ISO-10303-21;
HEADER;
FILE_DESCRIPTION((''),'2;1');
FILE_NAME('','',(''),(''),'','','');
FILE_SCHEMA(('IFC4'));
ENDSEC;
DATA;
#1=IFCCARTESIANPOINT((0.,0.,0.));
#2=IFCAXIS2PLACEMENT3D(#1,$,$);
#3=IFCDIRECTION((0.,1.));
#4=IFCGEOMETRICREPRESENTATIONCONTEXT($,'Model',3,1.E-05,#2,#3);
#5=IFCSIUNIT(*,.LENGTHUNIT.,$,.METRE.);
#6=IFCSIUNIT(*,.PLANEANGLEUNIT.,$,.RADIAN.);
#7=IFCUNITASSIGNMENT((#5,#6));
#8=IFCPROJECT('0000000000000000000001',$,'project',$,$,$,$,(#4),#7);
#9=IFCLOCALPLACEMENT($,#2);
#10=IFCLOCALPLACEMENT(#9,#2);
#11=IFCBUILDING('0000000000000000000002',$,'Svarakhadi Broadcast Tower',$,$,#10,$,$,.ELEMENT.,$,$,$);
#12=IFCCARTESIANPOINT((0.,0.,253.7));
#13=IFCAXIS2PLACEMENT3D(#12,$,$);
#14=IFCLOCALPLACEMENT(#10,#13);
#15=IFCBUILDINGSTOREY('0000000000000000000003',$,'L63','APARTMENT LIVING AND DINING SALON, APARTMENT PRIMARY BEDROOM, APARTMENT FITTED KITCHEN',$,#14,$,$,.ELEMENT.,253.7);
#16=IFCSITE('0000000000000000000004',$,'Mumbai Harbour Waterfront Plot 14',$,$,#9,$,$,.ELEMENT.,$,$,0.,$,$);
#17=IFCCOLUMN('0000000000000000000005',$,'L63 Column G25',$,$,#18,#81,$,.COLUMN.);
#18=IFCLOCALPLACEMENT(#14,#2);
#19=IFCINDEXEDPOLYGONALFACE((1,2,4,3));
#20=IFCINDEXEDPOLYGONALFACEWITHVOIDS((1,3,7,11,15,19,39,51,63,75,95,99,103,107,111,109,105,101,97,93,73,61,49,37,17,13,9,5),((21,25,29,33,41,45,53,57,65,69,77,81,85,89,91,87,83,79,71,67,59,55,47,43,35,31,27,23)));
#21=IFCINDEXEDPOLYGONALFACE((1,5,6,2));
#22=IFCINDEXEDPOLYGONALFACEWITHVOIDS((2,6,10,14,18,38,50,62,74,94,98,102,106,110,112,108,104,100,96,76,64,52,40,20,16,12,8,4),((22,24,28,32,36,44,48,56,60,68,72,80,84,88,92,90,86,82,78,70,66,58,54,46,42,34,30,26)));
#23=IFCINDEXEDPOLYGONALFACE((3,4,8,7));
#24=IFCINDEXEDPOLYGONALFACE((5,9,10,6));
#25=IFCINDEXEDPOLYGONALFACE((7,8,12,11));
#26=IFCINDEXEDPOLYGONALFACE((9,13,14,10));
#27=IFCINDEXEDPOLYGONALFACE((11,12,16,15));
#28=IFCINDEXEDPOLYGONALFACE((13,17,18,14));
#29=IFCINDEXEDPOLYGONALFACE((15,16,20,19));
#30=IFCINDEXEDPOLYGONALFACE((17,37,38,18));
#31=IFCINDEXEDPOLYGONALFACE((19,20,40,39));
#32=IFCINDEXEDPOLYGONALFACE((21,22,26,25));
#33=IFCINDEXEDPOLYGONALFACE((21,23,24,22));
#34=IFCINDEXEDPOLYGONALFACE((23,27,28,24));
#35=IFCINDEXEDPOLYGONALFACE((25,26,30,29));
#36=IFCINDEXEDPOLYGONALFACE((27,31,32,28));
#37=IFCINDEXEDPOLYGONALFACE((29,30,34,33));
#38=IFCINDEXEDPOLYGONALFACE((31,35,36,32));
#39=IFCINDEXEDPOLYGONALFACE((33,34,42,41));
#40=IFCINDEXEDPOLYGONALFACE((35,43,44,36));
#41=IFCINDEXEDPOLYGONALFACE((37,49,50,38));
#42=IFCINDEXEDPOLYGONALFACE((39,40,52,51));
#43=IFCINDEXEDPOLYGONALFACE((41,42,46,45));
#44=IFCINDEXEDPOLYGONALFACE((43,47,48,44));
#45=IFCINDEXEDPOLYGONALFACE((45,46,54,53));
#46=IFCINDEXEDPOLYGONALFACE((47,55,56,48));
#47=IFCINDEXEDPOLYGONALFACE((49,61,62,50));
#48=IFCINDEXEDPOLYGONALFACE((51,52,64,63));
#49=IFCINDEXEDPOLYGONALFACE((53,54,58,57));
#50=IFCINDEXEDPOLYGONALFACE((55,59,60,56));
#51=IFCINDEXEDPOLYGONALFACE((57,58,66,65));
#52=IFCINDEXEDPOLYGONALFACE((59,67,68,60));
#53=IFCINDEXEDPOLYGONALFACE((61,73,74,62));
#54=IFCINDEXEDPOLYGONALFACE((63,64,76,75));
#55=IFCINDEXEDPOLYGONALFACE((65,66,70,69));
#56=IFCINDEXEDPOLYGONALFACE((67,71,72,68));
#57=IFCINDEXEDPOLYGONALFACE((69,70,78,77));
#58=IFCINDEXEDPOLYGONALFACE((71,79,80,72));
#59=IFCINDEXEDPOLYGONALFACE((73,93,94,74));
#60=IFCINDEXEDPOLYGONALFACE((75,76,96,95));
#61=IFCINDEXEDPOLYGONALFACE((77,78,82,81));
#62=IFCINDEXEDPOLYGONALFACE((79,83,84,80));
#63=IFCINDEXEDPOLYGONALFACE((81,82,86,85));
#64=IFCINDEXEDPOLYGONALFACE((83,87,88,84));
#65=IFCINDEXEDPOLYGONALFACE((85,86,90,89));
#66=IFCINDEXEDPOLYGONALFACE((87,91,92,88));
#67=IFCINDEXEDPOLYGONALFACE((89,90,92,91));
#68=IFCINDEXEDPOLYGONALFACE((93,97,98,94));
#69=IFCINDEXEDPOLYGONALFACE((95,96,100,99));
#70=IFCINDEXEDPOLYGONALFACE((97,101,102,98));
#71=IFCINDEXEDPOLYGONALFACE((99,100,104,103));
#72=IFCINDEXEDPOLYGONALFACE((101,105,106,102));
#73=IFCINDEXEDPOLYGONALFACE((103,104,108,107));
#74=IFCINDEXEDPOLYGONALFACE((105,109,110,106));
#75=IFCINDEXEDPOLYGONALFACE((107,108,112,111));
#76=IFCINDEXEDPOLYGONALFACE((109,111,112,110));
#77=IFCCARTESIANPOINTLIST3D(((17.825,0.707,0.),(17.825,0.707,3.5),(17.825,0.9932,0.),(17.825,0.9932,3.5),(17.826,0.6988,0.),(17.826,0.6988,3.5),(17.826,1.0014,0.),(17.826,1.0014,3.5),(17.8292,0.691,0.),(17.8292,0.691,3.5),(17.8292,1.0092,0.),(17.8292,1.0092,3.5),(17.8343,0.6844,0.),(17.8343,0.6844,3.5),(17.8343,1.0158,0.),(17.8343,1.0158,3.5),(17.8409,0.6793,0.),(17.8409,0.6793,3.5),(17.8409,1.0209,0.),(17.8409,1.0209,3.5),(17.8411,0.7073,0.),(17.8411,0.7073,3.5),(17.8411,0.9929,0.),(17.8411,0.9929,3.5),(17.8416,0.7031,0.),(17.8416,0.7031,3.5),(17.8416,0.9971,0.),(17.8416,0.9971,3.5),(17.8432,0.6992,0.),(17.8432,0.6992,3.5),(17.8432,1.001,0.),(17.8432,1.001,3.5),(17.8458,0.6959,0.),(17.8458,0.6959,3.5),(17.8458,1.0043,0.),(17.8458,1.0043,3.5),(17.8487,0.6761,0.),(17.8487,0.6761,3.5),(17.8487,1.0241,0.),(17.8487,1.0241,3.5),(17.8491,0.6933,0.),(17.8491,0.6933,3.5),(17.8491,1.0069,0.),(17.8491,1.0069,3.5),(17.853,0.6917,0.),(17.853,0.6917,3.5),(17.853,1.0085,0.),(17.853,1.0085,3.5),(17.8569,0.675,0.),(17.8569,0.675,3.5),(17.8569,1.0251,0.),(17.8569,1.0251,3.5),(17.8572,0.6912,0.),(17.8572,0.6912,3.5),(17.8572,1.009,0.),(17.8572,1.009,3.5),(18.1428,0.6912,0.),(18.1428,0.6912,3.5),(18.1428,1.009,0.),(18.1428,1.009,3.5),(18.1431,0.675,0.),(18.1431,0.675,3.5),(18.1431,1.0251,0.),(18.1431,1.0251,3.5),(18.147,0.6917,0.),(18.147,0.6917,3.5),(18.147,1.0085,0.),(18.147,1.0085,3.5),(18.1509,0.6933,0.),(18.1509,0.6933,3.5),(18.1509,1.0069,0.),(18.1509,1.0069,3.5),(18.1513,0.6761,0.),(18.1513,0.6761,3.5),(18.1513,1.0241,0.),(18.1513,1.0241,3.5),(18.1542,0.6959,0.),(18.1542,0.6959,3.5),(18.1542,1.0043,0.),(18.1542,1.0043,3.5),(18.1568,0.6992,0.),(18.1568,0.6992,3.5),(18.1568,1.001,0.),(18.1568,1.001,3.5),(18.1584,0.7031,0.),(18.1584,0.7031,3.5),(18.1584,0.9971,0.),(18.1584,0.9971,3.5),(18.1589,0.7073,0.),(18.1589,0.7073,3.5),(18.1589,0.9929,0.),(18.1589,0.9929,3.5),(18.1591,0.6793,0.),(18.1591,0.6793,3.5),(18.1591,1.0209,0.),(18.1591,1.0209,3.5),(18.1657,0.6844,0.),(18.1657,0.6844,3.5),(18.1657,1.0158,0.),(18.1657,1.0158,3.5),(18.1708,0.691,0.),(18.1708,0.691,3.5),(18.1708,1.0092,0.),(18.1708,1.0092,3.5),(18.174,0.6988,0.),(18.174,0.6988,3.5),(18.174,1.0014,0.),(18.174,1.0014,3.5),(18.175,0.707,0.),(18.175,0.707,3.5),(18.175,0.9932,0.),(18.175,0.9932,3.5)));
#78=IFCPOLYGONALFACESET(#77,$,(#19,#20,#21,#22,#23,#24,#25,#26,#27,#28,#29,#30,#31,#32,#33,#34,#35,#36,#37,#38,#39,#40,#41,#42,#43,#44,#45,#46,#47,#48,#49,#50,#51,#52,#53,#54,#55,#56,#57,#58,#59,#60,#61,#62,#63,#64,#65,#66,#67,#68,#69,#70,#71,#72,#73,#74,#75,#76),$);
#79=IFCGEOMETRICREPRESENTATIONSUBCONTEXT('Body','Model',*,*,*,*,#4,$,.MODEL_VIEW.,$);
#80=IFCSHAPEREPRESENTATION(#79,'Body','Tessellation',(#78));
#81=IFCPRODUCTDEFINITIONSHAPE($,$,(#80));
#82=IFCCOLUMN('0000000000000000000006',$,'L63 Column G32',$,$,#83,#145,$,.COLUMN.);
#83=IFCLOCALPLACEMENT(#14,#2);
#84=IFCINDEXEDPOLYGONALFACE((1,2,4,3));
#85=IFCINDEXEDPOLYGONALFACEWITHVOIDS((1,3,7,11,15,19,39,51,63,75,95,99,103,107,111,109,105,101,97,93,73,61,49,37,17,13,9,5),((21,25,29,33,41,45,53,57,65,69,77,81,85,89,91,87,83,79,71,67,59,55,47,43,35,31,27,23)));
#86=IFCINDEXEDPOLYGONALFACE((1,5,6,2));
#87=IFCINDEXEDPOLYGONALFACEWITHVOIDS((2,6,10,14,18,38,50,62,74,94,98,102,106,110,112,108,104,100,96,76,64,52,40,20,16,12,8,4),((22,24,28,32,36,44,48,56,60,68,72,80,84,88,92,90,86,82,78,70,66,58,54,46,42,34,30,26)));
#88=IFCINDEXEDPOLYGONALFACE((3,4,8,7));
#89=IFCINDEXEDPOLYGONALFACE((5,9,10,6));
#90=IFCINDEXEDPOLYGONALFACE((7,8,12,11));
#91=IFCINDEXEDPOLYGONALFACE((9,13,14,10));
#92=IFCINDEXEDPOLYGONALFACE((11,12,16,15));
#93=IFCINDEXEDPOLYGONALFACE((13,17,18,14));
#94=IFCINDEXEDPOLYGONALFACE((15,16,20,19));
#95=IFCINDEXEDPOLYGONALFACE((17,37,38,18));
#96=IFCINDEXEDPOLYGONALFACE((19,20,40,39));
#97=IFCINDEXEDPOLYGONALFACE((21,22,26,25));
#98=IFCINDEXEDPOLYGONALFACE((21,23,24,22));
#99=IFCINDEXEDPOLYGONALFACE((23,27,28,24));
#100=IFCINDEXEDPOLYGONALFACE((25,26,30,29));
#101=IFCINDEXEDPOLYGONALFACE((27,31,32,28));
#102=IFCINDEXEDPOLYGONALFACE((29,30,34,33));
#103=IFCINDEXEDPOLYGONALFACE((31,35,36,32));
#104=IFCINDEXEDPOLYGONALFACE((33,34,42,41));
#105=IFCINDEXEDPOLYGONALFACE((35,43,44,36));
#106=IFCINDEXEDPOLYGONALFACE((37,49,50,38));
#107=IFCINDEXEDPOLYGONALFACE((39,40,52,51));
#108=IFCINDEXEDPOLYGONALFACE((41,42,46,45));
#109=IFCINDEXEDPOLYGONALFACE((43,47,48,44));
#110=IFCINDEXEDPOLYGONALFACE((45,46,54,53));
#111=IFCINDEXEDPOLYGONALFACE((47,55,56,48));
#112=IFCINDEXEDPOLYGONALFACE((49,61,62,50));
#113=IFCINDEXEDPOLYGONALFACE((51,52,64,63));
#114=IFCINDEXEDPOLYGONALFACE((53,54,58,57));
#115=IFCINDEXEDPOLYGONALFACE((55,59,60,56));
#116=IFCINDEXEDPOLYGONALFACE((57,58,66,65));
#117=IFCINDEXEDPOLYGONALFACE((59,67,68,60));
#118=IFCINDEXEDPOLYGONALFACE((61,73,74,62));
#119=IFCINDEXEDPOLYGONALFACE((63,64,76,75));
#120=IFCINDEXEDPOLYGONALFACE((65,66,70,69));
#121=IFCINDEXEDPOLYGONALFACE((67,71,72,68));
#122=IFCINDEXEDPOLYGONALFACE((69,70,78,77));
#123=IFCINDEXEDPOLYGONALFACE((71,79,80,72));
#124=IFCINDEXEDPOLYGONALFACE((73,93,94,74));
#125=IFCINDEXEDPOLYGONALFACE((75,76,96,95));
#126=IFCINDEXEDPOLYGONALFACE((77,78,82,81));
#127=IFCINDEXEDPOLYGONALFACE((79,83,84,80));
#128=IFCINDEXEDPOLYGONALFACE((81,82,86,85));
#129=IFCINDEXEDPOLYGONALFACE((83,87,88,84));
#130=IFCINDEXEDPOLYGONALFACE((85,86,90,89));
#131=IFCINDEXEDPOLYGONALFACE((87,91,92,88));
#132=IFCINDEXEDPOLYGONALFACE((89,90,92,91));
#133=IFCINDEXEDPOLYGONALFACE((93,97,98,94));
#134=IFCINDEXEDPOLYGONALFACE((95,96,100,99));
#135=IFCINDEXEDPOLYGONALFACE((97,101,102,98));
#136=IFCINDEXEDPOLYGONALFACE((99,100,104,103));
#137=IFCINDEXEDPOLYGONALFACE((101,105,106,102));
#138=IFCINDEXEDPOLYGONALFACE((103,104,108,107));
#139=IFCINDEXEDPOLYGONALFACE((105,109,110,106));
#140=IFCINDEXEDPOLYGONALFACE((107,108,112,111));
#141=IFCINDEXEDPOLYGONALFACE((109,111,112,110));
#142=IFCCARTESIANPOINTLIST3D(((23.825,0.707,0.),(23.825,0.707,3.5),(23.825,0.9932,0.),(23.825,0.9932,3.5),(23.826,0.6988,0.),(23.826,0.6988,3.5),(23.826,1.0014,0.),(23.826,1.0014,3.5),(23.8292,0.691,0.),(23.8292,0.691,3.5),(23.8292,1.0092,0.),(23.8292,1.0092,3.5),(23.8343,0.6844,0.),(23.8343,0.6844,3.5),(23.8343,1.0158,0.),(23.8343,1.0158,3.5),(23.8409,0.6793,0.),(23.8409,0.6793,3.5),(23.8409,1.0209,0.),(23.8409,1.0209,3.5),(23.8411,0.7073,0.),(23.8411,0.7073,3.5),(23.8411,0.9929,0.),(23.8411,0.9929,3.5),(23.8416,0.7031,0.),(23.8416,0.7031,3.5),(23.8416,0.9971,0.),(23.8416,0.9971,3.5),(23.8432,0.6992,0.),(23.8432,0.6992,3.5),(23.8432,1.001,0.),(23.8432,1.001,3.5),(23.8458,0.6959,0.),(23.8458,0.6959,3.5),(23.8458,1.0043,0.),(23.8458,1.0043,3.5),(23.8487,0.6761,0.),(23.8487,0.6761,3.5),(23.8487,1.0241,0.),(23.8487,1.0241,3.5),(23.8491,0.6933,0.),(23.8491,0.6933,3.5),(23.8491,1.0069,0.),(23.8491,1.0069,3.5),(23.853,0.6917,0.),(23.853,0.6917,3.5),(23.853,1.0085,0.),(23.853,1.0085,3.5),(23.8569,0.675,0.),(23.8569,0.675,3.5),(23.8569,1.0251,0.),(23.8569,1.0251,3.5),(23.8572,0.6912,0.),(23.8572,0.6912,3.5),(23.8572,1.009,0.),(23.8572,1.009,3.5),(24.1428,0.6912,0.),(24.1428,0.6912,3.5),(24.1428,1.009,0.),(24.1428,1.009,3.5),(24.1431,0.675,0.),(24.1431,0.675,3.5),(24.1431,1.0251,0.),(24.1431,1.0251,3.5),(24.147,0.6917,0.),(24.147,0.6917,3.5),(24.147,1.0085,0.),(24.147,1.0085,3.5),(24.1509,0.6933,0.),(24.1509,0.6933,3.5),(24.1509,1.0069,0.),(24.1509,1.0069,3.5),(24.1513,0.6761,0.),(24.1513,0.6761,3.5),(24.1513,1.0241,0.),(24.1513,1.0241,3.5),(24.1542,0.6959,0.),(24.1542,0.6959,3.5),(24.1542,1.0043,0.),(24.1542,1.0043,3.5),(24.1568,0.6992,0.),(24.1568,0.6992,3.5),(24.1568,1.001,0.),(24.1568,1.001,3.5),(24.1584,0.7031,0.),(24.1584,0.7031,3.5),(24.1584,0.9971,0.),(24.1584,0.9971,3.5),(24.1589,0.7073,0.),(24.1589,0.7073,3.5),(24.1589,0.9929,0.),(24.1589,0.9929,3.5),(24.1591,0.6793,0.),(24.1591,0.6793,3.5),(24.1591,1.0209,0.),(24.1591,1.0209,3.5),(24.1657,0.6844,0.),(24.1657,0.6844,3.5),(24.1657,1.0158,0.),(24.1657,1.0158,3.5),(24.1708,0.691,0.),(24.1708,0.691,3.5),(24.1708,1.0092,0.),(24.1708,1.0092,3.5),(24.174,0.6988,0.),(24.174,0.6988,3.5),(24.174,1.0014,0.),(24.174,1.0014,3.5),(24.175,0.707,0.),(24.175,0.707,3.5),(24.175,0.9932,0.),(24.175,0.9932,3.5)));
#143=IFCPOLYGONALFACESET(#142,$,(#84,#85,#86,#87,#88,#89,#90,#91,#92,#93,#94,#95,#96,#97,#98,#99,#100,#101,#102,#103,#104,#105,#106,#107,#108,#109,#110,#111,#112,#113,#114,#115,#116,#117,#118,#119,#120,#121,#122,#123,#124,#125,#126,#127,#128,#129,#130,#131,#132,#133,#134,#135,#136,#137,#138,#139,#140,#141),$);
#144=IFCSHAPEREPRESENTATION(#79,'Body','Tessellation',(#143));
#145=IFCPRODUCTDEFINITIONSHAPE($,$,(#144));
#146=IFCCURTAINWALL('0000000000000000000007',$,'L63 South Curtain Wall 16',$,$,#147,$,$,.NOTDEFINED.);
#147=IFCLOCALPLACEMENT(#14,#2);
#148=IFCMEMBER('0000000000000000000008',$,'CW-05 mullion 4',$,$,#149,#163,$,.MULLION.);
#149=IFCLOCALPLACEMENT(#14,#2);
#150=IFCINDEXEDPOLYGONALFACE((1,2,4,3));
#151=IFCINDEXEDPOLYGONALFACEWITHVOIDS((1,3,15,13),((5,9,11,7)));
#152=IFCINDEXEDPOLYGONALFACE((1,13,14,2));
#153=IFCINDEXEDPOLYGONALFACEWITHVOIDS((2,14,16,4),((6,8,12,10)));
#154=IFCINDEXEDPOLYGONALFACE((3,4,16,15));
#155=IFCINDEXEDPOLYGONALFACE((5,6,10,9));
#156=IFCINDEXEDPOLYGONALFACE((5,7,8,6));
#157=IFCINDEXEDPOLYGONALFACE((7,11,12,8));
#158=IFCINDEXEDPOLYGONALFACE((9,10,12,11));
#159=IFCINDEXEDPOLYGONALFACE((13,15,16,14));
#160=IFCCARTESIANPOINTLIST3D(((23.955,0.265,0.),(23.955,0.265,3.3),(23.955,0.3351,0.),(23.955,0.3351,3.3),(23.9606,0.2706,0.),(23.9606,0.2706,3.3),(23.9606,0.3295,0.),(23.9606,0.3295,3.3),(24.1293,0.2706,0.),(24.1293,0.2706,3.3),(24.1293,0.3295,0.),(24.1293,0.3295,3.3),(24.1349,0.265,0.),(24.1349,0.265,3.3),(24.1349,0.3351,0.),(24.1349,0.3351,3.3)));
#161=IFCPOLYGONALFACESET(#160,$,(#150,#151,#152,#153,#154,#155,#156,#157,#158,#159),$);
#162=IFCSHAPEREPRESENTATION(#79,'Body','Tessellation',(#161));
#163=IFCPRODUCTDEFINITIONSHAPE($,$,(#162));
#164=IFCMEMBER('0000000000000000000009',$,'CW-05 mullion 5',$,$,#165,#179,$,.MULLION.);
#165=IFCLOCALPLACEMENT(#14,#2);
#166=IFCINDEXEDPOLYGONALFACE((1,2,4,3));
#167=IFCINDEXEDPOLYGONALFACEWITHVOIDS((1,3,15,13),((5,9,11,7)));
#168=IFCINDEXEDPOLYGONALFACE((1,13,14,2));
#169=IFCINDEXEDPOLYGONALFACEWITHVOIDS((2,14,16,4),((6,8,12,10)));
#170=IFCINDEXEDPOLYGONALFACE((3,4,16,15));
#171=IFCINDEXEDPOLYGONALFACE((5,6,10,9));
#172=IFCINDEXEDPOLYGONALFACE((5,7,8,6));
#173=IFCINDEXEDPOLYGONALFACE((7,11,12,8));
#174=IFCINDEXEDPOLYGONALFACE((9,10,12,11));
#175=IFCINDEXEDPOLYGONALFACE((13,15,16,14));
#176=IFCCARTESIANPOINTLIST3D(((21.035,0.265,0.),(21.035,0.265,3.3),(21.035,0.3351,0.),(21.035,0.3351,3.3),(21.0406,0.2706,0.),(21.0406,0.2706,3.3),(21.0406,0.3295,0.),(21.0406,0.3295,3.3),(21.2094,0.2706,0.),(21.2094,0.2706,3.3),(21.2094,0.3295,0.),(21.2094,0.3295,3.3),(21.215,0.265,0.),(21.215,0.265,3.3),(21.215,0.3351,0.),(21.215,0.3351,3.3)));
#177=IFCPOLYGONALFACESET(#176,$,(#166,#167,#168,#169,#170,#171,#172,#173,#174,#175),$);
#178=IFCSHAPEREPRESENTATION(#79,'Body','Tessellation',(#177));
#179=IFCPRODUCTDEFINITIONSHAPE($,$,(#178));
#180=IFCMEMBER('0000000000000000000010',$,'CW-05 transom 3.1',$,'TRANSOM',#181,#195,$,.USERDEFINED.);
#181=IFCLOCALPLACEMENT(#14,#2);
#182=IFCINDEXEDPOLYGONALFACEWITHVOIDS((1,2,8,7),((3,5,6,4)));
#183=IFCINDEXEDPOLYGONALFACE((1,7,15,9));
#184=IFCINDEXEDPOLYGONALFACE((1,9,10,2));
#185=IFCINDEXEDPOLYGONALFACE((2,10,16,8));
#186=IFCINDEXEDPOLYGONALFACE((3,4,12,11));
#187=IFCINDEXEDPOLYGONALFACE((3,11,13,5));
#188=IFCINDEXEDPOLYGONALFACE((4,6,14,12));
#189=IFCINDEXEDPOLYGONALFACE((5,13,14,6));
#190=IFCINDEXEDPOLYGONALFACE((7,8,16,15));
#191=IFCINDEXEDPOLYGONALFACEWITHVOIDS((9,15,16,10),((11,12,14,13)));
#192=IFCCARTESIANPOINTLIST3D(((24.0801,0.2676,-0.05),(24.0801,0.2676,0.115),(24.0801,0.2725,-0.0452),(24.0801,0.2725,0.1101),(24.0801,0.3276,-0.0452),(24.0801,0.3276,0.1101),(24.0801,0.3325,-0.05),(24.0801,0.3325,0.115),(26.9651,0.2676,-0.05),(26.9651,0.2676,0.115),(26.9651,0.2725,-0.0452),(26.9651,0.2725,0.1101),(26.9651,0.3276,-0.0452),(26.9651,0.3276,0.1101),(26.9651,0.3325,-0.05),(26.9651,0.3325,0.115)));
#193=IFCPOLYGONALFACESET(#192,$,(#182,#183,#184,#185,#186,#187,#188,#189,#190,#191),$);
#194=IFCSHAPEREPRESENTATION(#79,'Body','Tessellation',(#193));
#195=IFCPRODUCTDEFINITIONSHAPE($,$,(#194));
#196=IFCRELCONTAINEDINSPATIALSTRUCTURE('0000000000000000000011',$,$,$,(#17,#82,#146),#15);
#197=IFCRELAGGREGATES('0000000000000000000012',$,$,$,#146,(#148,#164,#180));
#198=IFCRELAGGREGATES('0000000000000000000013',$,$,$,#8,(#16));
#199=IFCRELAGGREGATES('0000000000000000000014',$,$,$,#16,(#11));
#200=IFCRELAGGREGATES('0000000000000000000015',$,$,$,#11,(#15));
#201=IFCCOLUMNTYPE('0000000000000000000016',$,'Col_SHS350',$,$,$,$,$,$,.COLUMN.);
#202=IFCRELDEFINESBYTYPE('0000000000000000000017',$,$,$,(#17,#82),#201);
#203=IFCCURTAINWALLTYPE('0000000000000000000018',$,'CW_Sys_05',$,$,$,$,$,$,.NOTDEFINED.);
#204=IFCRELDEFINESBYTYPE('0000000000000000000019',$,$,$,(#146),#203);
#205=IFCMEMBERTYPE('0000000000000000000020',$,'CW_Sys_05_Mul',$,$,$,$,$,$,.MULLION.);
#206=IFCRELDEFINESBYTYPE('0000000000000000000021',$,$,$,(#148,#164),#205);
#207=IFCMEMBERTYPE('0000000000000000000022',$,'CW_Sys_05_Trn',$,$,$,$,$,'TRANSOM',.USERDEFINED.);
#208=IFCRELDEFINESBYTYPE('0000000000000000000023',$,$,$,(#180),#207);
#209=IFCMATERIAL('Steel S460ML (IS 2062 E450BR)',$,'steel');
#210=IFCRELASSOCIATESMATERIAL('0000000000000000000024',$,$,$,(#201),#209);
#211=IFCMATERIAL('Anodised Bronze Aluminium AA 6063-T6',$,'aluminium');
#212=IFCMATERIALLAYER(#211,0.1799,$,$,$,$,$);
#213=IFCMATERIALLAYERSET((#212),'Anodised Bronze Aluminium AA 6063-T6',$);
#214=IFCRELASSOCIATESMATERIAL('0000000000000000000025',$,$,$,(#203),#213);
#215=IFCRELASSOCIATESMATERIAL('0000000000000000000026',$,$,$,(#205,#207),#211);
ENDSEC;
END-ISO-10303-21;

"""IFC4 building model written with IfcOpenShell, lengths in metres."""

from ifc_helpers import new_model, si_unit, direction, frame, origin, origin_2d, place, context, subcontext, project, spatial, hollow_rectangle, extrude, material, layer, layer_set, material_profile, profile_set, type_object, element, aggregate, save


model = new_model("IFC4")

# Units and contexts
model_context = context("Model", 3, precision=1e-05, world=origin(), true_north=direction((0.0, 1.0)))
body_context = subcontext(model_context, "Body", "Model", "MODEL_VIEW")
ifc_project = project(units=[si_unit("LENGTHUNIT", "METRE"), si_unit("PLANEANGLEUNIT", "RADIAN")], contexts=[model_context])

# Site, building, storey
site_placement = place(None, origin())
site = spatial("IfcSite", under=ifc_project, at=site_placement, Name="Mumbai Harbour Waterfront Plot 14", CompositionType="ELEMENT", RefElevation=0.0)
building_placement = place(site_placement, origin())
building = spatial("IfcBuilding", under=site, at=building_placement, Name="Svarakhadi Broadcast Tower", CompositionType="ELEMENT")
storey_placement = place(building_placement, frame((0.0, 0.0, 253.7)))
storey = spatial("IfcBuildingStorey", under=building, at=storey_placement, Name="L63", Description="APARTMENT LIVING AND DINING SALON, APARTMENT PRIMARY BEDROOM, APARTMENT FITTED KITCHEN", CompositionType="ELEMENT", Elevation=253.7)

# Columns
ifc_material_1 = material(Name="Steel S460ML (IS 2062 E450BR)", Category="steel")
ifc_material_profile_1 = material_profile(ifc_material_1, hollow_rectangle(XDim=0.3501, YDim=0.3501, WallThickness=0.0161, InnerFilletRadius=0.0161, OuterFilletRadius=0.032, at=origin_2d()), Name="SHS 350x350x16")
ifc_profile_set_1 = profile_set([ifc_material_profile_1], Name="Steel S460ML (IS 2062 E450BR)")
column_type = type_object("IfcColumnType", Name="Col_SHS350", PredefinedType="COLUMN", material=ifc_profile_set_1)
for number, where, z_axis, x_axis, name in (
    (1, (18.0, 0.8501, 0.0), (0.0, 0.0, 1.0), (1.0, 0.0, 0.0), "L63 Column G25"),
    (2, (24.0, 0.8501, 0.0), (0.0, 0.0, 1.0), (1.0, 0.0, 0.0), "L63 Column G32"),
):
    element("IfcColumn", number, at=place(storey_placement, frame(where, z_axis=z_axis, x_axis=x_axis)), inside=storey, type_object=column_type, Name=name, PredefinedType="COLUMN", context=body_context, shape_type="SweptSolid", body=[
        extrude(hollow_rectangle(XDim=0.3501, YDim=0.3501, WallThickness=0.0161, InnerFilletRadius=0.0161, OuterFilletRadius=0.032, at=origin_2d()), origin(), (0.0, 0.0, 1.0), 3.5),
    ])

# Curtain wall, members
ifc_material_2 = material(Name="Anodised Bronze Aluminium AA 6063-T6", Category="aluminium")
ifc_layer_1 = layer(ifc_material_2, 0.1799)
ifc_layer_set_1 = layer_set([ifc_layer_1], Name="Anodised Bronze Aluminium AA 6063-T6")
curtain_wall_type = type_object("IfcCurtainWallType", Name="CW_Sys_05", PredefinedType="NOTDEFINED", material=ifc_layer_set_1)
curtain_wall_placement = place(storey_placement, origin())
curtain_wall = element("IfcCurtainWall", 3, at=curtain_wall_placement, inside=storey, type_object=curtain_wall_type, Name="L63 South Curtain Wall 16", PredefinedType="NOTDEFINED")
ifc_material_profile_2 = material_profile(ifc_material_2, hollow_rectangle(XDim=0.0701, YDim=0.1799, WallThickness=0.0056, at=origin_2d()), Name="ALU MULLION 180x70x6")
ifc_profile_set_2 = profile_set([ifc_material_profile_2], Name="Anodised Bronze Aluminium AA 6063-T6")
member_type_1 = type_object("IfcMemberType", Name="CW_Sys_05_Mul", PredefinedType="MULLION", material=ifc_profile_set_2)
member_1_placement = place(storey_placement, frame((24.0449, 0.3, 0.0), z_axis=(0.0, 0.0, 1.0), x_axis=(0.0, -1.0, 0.0)))
member_1 = element("IfcMember", 4, at=member_1_placement, type_object=member_type_1, Name="CW-05 mullion 4", PredefinedType="MULLION", context=body_context, shape_type="SweptSolid", body=[
    extrude(hollow_rectangle(XDim=0.0701, YDim=0.1799, WallThickness=0.0056, at=origin_2d()), origin(), (0.0, 0.0, 1.0), 3.3),
])
member_2_placement = place(storey_placement, frame((21.125, 0.3, 0.0), z_axis=(0.0, 0.0, 1.0), x_axis=(0.0, -1.0, 0.0)))
member_2 = element("IfcMember", 5, at=member_2_placement, type_object=member_type_1, Name="CW-05 mullion 5", PredefinedType="MULLION", context=body_context, shape_type="SweptSolid", body=[
    extrude(hollow_rectangle(XDim=0.0701, YDim=0.1799, WallThickness=0.0056, at=origin_2d()), origin(), (0.0, 0.0, 1.0), 3.3),
])
ifc_material_profile_3 = material_profile(ifc_material_2, hollow_rectangle(XDim=0.0649, YDim=0.165, WallThickness=0.0049, at=origin_2d()), Name="ALU TRANSOM 165x65x5")
ifc_profile_set_3 = profile_set([ifc_material_profile_3], Name="Anodised Bronze Aluminium AA 6063-T6")
member_type_2 = type_object("IfcMemberType", Name="CW_Sys_05_Trn", ElementType="TRANSOM", PredefinedType="USERDEFINED", material=ifc_profile_set_3)
member_3_placement = place(storey_placement, frame((26.9651, 0.3, 0.0325), z_axis=(-1.0, 0.0, 0.0), x_axis=(0.0, -1.0, 0.0)))
member_3 = element("IfcMember", 6, at=member_3_placement, type_object=member_type_2, Name="CW-05 transom 3.1", ObjectType="TRANSOM", PredefinedType="USERDEFINED", context=body_context, shape_type="SweptSolid", body=[
    extrude(hollow_rectangle(XDim=0.0649, YDim=0.165, WallThickness=0.0049, at=origin_2d()), origin(), (0.0, 0.0, 1.0), 2.885),
])

aggregate(curtain_wall, [member_1, member_2, member_3])

save(model, "model.ifc")
